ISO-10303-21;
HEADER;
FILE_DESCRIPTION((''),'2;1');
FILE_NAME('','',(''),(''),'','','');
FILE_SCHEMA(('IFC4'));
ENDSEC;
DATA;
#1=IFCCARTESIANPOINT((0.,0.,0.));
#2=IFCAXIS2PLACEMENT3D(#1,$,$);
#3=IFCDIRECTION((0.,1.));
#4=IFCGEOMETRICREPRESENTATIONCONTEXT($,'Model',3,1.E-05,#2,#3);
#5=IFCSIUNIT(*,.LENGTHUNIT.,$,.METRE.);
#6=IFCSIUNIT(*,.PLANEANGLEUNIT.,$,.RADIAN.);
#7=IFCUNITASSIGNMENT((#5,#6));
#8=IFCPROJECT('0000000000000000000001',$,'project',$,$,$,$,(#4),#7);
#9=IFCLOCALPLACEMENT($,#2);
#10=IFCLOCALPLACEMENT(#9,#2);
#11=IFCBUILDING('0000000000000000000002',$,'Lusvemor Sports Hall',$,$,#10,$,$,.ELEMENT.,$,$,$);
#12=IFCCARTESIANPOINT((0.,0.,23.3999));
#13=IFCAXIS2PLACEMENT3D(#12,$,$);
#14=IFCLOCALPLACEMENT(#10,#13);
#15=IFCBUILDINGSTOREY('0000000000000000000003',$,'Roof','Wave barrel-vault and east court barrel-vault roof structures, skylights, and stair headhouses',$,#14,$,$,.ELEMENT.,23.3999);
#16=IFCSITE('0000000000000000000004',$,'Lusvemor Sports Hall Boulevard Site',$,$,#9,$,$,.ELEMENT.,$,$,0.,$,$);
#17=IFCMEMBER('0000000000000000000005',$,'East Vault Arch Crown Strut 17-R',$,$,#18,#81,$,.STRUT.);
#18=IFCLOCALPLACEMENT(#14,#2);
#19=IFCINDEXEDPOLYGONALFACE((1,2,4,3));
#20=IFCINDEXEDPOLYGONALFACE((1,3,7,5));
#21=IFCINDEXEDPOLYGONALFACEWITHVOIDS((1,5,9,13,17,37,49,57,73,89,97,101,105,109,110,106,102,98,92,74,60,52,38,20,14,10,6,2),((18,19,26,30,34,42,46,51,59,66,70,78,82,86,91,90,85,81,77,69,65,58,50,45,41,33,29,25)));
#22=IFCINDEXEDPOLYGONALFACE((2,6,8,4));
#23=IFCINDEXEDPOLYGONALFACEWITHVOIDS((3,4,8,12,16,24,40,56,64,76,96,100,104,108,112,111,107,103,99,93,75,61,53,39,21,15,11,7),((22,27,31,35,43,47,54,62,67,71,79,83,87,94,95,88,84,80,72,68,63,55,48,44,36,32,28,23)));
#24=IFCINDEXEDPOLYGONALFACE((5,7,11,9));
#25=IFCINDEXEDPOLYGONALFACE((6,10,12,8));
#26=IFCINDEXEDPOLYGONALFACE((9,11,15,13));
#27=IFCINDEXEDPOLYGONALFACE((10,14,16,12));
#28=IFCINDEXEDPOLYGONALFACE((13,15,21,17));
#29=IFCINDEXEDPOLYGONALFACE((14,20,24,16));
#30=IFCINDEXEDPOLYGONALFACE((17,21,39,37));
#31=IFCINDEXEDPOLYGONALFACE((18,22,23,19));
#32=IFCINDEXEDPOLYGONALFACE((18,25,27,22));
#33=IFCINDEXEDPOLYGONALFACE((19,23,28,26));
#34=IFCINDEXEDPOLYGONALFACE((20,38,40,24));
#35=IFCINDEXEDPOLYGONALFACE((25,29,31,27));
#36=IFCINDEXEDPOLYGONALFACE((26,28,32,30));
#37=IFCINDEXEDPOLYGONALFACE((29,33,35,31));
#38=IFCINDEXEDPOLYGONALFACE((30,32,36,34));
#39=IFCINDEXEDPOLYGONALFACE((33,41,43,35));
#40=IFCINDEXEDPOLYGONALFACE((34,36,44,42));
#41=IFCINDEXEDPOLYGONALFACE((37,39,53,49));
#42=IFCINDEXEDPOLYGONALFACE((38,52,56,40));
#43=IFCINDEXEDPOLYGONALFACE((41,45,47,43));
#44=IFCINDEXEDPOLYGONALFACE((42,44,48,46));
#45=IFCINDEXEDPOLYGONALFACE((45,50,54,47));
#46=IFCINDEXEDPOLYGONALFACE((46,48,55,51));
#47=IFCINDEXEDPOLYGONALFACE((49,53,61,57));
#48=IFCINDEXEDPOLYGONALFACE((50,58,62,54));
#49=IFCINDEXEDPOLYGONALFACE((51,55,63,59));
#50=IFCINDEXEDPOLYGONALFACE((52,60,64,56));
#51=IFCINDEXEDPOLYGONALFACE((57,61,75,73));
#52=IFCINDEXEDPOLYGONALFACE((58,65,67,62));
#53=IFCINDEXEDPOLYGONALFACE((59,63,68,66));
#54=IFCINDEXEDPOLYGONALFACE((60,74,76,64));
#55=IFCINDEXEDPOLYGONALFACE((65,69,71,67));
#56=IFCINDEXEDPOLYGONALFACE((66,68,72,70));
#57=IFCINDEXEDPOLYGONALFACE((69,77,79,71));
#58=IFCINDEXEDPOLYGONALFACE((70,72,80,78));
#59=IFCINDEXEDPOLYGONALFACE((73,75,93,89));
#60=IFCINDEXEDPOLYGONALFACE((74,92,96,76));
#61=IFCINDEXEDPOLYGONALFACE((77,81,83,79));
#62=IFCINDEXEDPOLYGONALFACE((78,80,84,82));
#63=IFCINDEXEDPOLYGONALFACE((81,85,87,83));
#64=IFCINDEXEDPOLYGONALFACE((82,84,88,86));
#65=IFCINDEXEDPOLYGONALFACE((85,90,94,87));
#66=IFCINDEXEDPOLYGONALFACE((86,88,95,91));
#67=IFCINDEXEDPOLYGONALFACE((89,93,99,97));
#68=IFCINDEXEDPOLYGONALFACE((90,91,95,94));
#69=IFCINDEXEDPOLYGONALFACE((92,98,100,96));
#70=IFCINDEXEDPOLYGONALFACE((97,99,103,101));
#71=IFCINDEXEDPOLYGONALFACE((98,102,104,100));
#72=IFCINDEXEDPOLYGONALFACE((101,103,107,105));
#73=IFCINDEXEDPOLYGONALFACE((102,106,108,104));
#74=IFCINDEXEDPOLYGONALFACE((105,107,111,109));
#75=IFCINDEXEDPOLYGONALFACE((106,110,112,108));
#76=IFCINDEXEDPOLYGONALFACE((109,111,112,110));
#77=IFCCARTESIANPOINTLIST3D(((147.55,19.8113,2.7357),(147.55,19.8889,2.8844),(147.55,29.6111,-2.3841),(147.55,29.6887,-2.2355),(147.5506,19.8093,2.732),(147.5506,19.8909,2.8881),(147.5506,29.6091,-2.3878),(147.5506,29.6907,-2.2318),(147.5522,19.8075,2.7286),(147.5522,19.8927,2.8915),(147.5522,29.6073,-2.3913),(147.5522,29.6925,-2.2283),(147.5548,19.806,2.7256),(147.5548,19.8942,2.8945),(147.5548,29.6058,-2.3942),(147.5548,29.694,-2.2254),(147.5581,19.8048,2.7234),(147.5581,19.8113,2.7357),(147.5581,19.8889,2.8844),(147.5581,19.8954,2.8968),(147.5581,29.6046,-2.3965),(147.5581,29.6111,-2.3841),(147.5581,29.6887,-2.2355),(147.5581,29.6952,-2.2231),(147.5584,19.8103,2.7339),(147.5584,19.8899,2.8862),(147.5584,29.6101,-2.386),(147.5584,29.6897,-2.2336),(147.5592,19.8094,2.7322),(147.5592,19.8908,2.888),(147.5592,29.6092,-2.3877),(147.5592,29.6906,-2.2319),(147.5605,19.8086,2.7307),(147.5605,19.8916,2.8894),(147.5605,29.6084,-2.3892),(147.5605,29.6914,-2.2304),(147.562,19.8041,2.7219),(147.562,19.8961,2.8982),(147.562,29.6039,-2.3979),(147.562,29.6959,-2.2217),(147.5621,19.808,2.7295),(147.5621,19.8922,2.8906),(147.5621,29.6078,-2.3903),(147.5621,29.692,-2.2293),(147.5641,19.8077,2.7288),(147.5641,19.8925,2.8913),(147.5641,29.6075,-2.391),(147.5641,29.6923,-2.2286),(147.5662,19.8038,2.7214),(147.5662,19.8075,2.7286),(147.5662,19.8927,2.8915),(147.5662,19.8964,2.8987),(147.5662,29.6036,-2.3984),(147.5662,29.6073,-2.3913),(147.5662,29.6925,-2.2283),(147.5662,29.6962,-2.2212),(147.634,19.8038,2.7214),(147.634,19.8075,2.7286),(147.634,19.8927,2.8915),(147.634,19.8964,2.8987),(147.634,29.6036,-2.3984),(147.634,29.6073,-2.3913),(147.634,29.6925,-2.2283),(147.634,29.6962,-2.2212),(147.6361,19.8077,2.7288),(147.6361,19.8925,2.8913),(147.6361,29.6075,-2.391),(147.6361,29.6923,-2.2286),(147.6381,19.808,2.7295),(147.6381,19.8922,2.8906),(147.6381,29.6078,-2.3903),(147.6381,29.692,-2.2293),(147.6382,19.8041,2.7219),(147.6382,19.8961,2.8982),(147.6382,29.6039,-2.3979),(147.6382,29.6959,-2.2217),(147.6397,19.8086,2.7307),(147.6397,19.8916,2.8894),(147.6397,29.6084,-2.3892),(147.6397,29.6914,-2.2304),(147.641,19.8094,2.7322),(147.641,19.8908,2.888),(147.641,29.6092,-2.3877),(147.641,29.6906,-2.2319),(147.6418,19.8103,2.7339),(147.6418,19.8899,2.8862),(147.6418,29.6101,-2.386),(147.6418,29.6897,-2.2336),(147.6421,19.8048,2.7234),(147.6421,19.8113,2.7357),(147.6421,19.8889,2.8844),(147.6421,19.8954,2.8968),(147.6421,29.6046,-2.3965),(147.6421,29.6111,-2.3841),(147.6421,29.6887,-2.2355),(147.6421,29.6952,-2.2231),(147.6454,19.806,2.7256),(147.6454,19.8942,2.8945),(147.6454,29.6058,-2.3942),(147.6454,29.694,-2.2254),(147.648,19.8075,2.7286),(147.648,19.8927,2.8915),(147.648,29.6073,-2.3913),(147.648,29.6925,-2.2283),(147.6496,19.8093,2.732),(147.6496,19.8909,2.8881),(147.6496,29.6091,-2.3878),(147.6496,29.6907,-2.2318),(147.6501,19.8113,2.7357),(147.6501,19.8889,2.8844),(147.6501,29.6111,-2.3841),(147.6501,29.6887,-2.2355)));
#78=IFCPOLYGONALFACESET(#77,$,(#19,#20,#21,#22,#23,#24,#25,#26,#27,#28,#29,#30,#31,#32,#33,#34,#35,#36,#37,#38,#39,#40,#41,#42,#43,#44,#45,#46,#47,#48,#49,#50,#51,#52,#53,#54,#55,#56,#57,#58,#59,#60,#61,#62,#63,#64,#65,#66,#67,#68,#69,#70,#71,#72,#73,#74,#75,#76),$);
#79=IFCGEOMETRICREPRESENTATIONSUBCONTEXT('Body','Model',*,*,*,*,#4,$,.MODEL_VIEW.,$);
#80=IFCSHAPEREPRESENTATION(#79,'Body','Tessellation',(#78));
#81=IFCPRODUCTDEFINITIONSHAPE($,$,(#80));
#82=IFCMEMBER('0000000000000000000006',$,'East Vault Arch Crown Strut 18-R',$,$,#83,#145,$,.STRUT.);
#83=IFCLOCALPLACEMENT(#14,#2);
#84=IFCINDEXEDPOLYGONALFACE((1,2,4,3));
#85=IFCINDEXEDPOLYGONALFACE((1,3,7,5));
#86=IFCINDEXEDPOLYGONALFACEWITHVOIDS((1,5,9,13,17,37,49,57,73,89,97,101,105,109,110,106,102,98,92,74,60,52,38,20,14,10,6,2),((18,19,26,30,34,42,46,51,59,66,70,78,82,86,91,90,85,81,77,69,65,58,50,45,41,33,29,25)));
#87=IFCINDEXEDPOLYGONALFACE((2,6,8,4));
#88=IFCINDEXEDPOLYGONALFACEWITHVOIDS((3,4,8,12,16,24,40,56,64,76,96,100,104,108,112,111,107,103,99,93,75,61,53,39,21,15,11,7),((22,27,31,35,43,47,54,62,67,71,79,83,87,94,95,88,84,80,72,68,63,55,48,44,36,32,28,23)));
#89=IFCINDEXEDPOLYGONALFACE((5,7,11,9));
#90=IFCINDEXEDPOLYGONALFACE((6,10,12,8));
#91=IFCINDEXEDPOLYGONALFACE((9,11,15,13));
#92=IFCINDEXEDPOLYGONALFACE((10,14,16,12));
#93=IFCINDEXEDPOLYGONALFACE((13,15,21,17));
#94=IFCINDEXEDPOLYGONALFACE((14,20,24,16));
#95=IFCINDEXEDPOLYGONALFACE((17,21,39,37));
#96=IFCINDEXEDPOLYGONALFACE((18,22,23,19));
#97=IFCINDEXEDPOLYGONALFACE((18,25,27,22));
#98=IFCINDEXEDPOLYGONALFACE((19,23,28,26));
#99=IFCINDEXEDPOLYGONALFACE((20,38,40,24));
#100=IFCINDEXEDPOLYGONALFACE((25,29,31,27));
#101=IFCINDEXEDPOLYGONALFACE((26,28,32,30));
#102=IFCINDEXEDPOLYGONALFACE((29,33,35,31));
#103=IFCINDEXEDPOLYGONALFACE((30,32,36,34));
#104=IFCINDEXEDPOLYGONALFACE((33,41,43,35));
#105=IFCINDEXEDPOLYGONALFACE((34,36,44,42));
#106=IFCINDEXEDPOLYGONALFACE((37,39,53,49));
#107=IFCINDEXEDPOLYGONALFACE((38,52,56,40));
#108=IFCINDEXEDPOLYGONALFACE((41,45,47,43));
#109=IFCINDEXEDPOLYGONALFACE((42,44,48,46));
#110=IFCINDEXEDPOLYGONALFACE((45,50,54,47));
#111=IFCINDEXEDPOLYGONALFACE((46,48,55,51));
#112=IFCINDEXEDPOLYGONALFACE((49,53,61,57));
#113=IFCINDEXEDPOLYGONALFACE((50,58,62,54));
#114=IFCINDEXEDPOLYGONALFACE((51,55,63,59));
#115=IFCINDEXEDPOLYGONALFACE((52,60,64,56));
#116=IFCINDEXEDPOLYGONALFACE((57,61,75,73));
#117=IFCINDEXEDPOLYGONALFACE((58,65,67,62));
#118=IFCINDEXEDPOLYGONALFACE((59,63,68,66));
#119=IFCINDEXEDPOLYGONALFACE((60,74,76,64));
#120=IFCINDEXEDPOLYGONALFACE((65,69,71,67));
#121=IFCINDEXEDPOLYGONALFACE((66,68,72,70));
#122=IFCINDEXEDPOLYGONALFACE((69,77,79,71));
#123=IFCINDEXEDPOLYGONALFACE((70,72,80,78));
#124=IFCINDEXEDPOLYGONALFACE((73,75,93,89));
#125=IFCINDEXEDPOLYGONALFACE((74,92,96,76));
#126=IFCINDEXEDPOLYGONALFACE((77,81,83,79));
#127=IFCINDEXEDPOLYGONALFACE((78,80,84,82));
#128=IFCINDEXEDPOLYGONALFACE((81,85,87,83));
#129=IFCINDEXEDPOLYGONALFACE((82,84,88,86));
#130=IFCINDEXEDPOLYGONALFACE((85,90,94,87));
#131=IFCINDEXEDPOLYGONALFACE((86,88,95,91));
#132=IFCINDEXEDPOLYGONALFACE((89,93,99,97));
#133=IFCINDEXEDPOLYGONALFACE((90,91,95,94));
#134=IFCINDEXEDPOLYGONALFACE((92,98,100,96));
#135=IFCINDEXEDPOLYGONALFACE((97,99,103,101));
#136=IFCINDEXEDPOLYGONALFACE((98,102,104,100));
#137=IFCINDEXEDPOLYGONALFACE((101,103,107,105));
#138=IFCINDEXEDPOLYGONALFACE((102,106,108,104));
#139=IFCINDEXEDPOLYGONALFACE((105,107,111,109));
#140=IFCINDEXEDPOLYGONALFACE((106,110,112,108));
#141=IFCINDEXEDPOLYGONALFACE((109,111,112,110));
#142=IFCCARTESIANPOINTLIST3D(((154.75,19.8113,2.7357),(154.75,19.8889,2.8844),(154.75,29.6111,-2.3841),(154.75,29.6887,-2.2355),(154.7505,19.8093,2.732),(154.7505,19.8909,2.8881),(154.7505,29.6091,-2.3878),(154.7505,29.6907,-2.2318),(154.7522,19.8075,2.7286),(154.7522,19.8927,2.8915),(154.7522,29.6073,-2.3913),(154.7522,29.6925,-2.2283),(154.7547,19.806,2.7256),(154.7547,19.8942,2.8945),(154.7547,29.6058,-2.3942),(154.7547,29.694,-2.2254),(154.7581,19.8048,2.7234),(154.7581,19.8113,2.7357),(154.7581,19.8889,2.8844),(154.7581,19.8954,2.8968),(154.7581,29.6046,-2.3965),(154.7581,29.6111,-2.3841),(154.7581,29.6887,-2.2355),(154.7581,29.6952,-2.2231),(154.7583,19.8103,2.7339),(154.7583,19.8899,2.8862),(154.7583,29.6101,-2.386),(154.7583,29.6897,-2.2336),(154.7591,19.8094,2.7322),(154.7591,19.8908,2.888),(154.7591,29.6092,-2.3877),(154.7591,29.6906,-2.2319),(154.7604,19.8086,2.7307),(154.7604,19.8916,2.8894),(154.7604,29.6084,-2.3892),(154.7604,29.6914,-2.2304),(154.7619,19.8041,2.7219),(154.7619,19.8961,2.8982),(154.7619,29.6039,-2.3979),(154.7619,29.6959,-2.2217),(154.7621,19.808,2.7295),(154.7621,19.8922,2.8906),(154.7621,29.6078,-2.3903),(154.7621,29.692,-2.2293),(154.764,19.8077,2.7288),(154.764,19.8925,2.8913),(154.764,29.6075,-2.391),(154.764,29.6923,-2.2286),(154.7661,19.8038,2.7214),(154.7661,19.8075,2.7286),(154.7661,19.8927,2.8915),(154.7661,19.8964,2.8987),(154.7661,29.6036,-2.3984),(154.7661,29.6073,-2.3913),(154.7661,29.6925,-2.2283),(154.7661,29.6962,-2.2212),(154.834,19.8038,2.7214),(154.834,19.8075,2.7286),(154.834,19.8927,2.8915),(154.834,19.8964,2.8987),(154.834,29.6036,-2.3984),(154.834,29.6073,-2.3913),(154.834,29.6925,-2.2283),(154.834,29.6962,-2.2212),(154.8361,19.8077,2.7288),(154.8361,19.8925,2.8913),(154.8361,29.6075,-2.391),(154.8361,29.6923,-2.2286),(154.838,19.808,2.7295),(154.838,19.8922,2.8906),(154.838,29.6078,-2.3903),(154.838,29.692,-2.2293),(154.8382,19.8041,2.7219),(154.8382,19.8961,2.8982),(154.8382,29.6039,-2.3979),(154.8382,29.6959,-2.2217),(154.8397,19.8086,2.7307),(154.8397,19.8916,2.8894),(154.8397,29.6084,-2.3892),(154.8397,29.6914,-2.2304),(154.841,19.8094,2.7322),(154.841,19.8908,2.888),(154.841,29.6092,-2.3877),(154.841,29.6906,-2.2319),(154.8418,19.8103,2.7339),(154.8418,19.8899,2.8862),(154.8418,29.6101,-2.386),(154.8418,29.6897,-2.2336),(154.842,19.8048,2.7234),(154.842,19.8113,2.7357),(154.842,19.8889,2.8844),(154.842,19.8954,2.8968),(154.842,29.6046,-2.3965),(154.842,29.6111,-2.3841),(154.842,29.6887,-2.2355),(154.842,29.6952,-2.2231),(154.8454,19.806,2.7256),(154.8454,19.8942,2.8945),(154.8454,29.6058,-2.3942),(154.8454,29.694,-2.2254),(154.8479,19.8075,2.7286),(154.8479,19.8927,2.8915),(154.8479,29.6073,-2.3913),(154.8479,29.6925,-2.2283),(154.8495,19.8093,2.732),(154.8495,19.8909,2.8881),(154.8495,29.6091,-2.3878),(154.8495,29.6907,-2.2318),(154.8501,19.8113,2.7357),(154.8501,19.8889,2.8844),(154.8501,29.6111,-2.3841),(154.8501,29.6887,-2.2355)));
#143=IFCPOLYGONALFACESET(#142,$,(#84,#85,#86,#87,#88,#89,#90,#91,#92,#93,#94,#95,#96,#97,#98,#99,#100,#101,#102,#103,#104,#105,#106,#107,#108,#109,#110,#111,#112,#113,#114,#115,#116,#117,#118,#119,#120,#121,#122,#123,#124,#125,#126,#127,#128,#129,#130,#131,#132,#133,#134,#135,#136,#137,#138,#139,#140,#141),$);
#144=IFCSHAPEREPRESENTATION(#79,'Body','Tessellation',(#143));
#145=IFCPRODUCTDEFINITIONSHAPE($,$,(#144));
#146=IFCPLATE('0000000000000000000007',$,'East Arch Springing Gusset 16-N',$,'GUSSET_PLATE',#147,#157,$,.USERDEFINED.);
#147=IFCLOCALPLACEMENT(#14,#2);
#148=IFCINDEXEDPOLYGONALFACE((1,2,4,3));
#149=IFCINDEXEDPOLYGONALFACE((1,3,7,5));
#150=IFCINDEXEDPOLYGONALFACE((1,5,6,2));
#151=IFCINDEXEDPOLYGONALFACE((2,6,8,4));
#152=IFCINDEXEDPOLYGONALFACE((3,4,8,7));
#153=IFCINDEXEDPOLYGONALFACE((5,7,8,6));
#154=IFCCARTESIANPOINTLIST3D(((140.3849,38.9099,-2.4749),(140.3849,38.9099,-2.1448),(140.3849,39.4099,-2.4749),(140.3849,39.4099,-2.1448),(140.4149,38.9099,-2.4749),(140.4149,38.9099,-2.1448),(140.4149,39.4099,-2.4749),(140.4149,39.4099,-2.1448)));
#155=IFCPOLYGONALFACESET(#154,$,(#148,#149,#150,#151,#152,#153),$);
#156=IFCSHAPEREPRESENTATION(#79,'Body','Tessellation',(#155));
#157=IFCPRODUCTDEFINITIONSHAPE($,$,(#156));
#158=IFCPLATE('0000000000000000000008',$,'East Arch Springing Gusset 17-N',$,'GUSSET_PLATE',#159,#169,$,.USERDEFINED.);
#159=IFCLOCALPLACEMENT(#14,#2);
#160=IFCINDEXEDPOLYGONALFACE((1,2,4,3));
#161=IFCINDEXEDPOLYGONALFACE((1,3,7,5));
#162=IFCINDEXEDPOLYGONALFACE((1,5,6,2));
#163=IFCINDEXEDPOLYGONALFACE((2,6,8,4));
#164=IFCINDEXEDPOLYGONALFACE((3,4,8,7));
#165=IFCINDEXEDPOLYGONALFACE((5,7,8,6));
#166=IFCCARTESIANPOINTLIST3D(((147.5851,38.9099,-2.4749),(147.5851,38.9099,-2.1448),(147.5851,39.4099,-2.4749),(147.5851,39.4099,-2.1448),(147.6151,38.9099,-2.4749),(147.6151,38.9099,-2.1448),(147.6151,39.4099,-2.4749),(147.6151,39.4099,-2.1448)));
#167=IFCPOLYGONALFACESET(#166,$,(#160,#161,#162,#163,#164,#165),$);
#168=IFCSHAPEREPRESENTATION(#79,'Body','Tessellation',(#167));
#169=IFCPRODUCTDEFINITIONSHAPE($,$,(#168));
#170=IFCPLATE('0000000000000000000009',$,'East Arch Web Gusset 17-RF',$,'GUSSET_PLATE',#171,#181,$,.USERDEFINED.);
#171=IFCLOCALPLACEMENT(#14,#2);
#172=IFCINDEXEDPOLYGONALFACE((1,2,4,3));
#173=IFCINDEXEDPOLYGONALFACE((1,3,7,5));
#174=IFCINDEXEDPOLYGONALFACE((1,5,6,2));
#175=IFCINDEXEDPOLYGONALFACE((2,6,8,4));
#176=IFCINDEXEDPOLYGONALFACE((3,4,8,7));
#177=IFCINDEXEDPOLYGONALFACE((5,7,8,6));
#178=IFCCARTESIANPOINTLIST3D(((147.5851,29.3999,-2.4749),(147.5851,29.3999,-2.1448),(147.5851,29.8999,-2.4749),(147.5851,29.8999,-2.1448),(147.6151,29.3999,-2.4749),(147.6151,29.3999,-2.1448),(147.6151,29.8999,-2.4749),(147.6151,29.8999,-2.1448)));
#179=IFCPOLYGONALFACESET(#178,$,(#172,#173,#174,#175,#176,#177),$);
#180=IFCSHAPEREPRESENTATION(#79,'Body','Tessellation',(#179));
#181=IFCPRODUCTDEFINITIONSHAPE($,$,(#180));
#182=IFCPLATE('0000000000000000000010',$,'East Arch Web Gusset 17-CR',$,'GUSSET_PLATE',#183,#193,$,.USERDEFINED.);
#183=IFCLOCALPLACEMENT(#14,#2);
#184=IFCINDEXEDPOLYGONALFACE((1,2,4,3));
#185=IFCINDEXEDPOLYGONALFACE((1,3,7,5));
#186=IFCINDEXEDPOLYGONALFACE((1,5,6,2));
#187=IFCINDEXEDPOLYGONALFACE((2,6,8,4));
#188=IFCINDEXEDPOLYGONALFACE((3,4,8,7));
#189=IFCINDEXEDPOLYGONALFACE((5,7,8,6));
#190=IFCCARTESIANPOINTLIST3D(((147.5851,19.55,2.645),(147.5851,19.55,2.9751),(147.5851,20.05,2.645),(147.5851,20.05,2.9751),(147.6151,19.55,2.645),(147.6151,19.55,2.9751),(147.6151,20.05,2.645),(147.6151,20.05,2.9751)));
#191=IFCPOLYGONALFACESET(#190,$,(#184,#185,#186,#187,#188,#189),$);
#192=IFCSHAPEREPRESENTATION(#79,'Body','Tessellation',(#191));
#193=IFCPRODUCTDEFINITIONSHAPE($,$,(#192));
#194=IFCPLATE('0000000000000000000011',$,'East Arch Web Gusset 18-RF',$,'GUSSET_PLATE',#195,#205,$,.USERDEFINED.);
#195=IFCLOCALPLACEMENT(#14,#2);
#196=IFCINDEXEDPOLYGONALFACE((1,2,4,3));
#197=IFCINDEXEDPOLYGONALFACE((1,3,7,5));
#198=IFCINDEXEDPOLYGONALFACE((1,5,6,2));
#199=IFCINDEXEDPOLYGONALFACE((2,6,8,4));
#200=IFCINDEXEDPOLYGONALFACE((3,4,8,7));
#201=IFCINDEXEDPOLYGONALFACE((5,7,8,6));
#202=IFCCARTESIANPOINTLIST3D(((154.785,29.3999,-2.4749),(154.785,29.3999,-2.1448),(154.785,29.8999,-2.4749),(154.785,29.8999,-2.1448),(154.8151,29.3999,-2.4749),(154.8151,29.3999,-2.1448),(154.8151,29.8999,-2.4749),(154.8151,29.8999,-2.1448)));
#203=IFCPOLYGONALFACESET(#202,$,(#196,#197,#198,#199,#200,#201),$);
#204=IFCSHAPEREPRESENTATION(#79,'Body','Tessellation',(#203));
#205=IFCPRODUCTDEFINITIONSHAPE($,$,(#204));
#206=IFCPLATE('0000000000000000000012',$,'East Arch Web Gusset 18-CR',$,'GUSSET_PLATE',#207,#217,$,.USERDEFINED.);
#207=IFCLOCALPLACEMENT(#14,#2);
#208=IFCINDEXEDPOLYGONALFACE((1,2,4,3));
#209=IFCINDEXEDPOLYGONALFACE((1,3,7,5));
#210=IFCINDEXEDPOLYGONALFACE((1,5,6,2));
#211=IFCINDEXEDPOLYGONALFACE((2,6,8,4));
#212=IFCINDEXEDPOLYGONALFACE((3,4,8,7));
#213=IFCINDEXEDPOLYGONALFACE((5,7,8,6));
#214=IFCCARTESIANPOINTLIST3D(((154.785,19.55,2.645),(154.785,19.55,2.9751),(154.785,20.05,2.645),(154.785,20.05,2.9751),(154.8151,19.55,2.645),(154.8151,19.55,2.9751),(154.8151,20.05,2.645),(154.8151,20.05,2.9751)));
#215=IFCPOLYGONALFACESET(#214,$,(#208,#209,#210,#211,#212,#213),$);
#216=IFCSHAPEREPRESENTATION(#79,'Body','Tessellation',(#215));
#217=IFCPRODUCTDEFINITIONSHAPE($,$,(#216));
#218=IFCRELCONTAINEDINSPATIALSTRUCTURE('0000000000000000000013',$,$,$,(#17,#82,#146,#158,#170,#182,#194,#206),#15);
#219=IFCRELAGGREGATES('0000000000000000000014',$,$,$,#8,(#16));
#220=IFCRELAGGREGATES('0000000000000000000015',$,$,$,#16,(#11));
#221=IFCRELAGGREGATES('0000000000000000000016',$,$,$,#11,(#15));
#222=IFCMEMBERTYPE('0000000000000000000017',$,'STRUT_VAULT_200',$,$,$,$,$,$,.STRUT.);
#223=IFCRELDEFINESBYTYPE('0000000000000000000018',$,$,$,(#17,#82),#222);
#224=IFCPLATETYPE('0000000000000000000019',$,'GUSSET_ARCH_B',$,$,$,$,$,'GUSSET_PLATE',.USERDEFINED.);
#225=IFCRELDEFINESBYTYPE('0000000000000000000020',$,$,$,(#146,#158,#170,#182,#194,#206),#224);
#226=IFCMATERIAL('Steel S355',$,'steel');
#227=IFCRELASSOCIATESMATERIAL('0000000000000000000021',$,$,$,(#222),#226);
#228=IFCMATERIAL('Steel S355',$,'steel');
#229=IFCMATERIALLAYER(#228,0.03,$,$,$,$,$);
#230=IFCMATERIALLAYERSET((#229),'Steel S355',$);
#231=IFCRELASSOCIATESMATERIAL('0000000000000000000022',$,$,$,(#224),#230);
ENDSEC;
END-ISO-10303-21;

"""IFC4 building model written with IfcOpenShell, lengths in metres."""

from ifc_helpers import new_model, si_unit, direction, frame, origin, origin_2d, place, context, subcontext, project, spatial, rectangle, hollow_rectangle, extrude, material, layer, layer_set, material_profile, profile_set, type_object, element, save


model = new_model("IFC4")

# Units and contexts
model_context = context("Model", 3, precision=1e-05, world=origin(), true_north=direction((0.0, 1.0)))
body_context = subcontext(model_context, "Body", "Model", "MODEL_VIEW")
ifc_project = project(units=[si_unit("LENGTHUNIT", "METRE"), si_unit("PLANEANGLEUNIT", "RADIAN")], contexts=[model_context])

# Site, building, storey
site_placement = place(None, origin())
site = spatial("IfcSite", under=ifc_project, at=site_placement, Name="Lusvemor Sports Hall Boulevard Site", CompositionType="ELEMENT", RefElevation=0.0)
building_placement = place(site_placement, origin())
building = spatial("IfcBuilding", under=site, at=building_placement, Name="Lusvemor Sports Hall", CompositionType="ELEMENT")
storey_placement = place(building_placement, frame((0.0, 0.0, 23.3999)))
storey = spatial("IfcBuildingStorey", under=building, at=storey_placement, Name="Roof", Description="Wave barrel-vault and east court barrel-vault roof structures, skylights, and stair headhouses", CompositionType="ELEMENT", Elevation=23.3999)

# Members
ifc_material_1 = material(Name="Steel S355", Category="steel")
ifc_material_profile_1 = material_profile(ifc_material_1, hollow_rectangle(XDim=0.1001, YDim=0.2, WallThickness=0.0081, InnerFilletRadius=0.0081, OuterFilletRadius=0.0161, at=origin_2d()), Name="RHS200x100x8")
ifc_profile_set_1 = profile_set([ifc_material_profile_1], Name="Steel S355")
member_type_1 = type_object("IfcMemberType", Name="STRUT_VAULT_200", PredefinedType="STRUT", material=ifc_profile_set_1)
for number, where, z_axis, x_axis, name in (
    (1, (147.6001, 29.6499, -2.3098), (0.0, -0.886328, 0.463059), (1.0, 0.0, 0.0), "East Vault Arch Crown Strut 17-R"),
    (2, (154.8, 29.6499, -2.3098), (0.0, -0.886328, 0.463059), (1.0, 0.0, 0.0), "East Vault Arch Crown Strut 18-R"),
):
    element("IfcMember", number, at=place(storey_placement, frame(where, z_axis=z_axis, x_axis=x_axis)), inside=storey, type_object=member_type_1, Name=name, PredefinedType="STRUT", context=body_context, shape_type="SweptSolid", body=[
        extrude(hollow_rectangle(XDim=0.1001, YDim=0.2, WallThickness=0.0081, InnerFilletRadius=0.0081, OuterFilletRadius=0.0161, at=origin_2d()), origin(), (0.0, 0.0, 1.0), 11.0566),
    ])

# Plates
ifc_material_2 = material(Name="Steel S355", Category="steel")
ifc_layer_1 = layer(ifc_material_2, 0.03)
ifc_layer_set_1 = layer_set([ifc_layer_1], Name="Steel S355")
plate_type_1 = type_object("IfcPlateType", Name="GUSSET_ARCH_B", ElementType="GUSSET_PLATE", PredefinedType="USERDEFINED", material=ifc_layer_set_1)
for number, where, z_axis, x_axis, name in (
    (3, (140.3999, 39.1599, -2.4749), (0.0, 0.0, 1.0), (1.0, 0.0, 0.0), "East Arch Springing Gusset 16-N"),
    (4, (147.6001, 39.1599, -2.4749), (0.0, 0.0, 1.0), (1.0, 0.0, 0.0), "East Arch Springing Gusset 17-N"),
    (5, (147.6001, 29.6499, -2.4749), (0.0, 0.0, 1.0), (1.0, 0.0, 0.0), "East Arch Web Gusset 17-RF"),
    (6, (147.6001, 19.8, 2.645), (0.0, 0.0, 1.0), (1.0, 0.0, 0.0), "East Arch Web Gusset 17-CR"),
    (7, (154.8, 29.6499, -2.4749), (0.0, 0.0, 1.0), (1.0, 0.0, 0.0), "East Arch Web Gusset 18-RF"),
    (8, (154.8, 19.8, 2.645), (0.0, 0.0, 1.0), (1.0, 0.0, 0.0), "East Arch Web Gusset 18-CR"),
):
    element("IfcPlate", number, at=place(storey_placement, frame(where, z_axis=z_axis, x_axis=x_axis)), inside=storey, type_object=plate_type_1, Name=name, ObjectType="GUSSET_PLATE", PredefinedType="USERDEFINED", context=body_context, shape_type="SweptSolid", body=[
        extrude(rectangle(XDim=0.03, YDim=0.5, at=origin_2d()), origin(), (0.0, 0.0, 1.0), 0.3301),
    ])

save(model, "model.ifc")
